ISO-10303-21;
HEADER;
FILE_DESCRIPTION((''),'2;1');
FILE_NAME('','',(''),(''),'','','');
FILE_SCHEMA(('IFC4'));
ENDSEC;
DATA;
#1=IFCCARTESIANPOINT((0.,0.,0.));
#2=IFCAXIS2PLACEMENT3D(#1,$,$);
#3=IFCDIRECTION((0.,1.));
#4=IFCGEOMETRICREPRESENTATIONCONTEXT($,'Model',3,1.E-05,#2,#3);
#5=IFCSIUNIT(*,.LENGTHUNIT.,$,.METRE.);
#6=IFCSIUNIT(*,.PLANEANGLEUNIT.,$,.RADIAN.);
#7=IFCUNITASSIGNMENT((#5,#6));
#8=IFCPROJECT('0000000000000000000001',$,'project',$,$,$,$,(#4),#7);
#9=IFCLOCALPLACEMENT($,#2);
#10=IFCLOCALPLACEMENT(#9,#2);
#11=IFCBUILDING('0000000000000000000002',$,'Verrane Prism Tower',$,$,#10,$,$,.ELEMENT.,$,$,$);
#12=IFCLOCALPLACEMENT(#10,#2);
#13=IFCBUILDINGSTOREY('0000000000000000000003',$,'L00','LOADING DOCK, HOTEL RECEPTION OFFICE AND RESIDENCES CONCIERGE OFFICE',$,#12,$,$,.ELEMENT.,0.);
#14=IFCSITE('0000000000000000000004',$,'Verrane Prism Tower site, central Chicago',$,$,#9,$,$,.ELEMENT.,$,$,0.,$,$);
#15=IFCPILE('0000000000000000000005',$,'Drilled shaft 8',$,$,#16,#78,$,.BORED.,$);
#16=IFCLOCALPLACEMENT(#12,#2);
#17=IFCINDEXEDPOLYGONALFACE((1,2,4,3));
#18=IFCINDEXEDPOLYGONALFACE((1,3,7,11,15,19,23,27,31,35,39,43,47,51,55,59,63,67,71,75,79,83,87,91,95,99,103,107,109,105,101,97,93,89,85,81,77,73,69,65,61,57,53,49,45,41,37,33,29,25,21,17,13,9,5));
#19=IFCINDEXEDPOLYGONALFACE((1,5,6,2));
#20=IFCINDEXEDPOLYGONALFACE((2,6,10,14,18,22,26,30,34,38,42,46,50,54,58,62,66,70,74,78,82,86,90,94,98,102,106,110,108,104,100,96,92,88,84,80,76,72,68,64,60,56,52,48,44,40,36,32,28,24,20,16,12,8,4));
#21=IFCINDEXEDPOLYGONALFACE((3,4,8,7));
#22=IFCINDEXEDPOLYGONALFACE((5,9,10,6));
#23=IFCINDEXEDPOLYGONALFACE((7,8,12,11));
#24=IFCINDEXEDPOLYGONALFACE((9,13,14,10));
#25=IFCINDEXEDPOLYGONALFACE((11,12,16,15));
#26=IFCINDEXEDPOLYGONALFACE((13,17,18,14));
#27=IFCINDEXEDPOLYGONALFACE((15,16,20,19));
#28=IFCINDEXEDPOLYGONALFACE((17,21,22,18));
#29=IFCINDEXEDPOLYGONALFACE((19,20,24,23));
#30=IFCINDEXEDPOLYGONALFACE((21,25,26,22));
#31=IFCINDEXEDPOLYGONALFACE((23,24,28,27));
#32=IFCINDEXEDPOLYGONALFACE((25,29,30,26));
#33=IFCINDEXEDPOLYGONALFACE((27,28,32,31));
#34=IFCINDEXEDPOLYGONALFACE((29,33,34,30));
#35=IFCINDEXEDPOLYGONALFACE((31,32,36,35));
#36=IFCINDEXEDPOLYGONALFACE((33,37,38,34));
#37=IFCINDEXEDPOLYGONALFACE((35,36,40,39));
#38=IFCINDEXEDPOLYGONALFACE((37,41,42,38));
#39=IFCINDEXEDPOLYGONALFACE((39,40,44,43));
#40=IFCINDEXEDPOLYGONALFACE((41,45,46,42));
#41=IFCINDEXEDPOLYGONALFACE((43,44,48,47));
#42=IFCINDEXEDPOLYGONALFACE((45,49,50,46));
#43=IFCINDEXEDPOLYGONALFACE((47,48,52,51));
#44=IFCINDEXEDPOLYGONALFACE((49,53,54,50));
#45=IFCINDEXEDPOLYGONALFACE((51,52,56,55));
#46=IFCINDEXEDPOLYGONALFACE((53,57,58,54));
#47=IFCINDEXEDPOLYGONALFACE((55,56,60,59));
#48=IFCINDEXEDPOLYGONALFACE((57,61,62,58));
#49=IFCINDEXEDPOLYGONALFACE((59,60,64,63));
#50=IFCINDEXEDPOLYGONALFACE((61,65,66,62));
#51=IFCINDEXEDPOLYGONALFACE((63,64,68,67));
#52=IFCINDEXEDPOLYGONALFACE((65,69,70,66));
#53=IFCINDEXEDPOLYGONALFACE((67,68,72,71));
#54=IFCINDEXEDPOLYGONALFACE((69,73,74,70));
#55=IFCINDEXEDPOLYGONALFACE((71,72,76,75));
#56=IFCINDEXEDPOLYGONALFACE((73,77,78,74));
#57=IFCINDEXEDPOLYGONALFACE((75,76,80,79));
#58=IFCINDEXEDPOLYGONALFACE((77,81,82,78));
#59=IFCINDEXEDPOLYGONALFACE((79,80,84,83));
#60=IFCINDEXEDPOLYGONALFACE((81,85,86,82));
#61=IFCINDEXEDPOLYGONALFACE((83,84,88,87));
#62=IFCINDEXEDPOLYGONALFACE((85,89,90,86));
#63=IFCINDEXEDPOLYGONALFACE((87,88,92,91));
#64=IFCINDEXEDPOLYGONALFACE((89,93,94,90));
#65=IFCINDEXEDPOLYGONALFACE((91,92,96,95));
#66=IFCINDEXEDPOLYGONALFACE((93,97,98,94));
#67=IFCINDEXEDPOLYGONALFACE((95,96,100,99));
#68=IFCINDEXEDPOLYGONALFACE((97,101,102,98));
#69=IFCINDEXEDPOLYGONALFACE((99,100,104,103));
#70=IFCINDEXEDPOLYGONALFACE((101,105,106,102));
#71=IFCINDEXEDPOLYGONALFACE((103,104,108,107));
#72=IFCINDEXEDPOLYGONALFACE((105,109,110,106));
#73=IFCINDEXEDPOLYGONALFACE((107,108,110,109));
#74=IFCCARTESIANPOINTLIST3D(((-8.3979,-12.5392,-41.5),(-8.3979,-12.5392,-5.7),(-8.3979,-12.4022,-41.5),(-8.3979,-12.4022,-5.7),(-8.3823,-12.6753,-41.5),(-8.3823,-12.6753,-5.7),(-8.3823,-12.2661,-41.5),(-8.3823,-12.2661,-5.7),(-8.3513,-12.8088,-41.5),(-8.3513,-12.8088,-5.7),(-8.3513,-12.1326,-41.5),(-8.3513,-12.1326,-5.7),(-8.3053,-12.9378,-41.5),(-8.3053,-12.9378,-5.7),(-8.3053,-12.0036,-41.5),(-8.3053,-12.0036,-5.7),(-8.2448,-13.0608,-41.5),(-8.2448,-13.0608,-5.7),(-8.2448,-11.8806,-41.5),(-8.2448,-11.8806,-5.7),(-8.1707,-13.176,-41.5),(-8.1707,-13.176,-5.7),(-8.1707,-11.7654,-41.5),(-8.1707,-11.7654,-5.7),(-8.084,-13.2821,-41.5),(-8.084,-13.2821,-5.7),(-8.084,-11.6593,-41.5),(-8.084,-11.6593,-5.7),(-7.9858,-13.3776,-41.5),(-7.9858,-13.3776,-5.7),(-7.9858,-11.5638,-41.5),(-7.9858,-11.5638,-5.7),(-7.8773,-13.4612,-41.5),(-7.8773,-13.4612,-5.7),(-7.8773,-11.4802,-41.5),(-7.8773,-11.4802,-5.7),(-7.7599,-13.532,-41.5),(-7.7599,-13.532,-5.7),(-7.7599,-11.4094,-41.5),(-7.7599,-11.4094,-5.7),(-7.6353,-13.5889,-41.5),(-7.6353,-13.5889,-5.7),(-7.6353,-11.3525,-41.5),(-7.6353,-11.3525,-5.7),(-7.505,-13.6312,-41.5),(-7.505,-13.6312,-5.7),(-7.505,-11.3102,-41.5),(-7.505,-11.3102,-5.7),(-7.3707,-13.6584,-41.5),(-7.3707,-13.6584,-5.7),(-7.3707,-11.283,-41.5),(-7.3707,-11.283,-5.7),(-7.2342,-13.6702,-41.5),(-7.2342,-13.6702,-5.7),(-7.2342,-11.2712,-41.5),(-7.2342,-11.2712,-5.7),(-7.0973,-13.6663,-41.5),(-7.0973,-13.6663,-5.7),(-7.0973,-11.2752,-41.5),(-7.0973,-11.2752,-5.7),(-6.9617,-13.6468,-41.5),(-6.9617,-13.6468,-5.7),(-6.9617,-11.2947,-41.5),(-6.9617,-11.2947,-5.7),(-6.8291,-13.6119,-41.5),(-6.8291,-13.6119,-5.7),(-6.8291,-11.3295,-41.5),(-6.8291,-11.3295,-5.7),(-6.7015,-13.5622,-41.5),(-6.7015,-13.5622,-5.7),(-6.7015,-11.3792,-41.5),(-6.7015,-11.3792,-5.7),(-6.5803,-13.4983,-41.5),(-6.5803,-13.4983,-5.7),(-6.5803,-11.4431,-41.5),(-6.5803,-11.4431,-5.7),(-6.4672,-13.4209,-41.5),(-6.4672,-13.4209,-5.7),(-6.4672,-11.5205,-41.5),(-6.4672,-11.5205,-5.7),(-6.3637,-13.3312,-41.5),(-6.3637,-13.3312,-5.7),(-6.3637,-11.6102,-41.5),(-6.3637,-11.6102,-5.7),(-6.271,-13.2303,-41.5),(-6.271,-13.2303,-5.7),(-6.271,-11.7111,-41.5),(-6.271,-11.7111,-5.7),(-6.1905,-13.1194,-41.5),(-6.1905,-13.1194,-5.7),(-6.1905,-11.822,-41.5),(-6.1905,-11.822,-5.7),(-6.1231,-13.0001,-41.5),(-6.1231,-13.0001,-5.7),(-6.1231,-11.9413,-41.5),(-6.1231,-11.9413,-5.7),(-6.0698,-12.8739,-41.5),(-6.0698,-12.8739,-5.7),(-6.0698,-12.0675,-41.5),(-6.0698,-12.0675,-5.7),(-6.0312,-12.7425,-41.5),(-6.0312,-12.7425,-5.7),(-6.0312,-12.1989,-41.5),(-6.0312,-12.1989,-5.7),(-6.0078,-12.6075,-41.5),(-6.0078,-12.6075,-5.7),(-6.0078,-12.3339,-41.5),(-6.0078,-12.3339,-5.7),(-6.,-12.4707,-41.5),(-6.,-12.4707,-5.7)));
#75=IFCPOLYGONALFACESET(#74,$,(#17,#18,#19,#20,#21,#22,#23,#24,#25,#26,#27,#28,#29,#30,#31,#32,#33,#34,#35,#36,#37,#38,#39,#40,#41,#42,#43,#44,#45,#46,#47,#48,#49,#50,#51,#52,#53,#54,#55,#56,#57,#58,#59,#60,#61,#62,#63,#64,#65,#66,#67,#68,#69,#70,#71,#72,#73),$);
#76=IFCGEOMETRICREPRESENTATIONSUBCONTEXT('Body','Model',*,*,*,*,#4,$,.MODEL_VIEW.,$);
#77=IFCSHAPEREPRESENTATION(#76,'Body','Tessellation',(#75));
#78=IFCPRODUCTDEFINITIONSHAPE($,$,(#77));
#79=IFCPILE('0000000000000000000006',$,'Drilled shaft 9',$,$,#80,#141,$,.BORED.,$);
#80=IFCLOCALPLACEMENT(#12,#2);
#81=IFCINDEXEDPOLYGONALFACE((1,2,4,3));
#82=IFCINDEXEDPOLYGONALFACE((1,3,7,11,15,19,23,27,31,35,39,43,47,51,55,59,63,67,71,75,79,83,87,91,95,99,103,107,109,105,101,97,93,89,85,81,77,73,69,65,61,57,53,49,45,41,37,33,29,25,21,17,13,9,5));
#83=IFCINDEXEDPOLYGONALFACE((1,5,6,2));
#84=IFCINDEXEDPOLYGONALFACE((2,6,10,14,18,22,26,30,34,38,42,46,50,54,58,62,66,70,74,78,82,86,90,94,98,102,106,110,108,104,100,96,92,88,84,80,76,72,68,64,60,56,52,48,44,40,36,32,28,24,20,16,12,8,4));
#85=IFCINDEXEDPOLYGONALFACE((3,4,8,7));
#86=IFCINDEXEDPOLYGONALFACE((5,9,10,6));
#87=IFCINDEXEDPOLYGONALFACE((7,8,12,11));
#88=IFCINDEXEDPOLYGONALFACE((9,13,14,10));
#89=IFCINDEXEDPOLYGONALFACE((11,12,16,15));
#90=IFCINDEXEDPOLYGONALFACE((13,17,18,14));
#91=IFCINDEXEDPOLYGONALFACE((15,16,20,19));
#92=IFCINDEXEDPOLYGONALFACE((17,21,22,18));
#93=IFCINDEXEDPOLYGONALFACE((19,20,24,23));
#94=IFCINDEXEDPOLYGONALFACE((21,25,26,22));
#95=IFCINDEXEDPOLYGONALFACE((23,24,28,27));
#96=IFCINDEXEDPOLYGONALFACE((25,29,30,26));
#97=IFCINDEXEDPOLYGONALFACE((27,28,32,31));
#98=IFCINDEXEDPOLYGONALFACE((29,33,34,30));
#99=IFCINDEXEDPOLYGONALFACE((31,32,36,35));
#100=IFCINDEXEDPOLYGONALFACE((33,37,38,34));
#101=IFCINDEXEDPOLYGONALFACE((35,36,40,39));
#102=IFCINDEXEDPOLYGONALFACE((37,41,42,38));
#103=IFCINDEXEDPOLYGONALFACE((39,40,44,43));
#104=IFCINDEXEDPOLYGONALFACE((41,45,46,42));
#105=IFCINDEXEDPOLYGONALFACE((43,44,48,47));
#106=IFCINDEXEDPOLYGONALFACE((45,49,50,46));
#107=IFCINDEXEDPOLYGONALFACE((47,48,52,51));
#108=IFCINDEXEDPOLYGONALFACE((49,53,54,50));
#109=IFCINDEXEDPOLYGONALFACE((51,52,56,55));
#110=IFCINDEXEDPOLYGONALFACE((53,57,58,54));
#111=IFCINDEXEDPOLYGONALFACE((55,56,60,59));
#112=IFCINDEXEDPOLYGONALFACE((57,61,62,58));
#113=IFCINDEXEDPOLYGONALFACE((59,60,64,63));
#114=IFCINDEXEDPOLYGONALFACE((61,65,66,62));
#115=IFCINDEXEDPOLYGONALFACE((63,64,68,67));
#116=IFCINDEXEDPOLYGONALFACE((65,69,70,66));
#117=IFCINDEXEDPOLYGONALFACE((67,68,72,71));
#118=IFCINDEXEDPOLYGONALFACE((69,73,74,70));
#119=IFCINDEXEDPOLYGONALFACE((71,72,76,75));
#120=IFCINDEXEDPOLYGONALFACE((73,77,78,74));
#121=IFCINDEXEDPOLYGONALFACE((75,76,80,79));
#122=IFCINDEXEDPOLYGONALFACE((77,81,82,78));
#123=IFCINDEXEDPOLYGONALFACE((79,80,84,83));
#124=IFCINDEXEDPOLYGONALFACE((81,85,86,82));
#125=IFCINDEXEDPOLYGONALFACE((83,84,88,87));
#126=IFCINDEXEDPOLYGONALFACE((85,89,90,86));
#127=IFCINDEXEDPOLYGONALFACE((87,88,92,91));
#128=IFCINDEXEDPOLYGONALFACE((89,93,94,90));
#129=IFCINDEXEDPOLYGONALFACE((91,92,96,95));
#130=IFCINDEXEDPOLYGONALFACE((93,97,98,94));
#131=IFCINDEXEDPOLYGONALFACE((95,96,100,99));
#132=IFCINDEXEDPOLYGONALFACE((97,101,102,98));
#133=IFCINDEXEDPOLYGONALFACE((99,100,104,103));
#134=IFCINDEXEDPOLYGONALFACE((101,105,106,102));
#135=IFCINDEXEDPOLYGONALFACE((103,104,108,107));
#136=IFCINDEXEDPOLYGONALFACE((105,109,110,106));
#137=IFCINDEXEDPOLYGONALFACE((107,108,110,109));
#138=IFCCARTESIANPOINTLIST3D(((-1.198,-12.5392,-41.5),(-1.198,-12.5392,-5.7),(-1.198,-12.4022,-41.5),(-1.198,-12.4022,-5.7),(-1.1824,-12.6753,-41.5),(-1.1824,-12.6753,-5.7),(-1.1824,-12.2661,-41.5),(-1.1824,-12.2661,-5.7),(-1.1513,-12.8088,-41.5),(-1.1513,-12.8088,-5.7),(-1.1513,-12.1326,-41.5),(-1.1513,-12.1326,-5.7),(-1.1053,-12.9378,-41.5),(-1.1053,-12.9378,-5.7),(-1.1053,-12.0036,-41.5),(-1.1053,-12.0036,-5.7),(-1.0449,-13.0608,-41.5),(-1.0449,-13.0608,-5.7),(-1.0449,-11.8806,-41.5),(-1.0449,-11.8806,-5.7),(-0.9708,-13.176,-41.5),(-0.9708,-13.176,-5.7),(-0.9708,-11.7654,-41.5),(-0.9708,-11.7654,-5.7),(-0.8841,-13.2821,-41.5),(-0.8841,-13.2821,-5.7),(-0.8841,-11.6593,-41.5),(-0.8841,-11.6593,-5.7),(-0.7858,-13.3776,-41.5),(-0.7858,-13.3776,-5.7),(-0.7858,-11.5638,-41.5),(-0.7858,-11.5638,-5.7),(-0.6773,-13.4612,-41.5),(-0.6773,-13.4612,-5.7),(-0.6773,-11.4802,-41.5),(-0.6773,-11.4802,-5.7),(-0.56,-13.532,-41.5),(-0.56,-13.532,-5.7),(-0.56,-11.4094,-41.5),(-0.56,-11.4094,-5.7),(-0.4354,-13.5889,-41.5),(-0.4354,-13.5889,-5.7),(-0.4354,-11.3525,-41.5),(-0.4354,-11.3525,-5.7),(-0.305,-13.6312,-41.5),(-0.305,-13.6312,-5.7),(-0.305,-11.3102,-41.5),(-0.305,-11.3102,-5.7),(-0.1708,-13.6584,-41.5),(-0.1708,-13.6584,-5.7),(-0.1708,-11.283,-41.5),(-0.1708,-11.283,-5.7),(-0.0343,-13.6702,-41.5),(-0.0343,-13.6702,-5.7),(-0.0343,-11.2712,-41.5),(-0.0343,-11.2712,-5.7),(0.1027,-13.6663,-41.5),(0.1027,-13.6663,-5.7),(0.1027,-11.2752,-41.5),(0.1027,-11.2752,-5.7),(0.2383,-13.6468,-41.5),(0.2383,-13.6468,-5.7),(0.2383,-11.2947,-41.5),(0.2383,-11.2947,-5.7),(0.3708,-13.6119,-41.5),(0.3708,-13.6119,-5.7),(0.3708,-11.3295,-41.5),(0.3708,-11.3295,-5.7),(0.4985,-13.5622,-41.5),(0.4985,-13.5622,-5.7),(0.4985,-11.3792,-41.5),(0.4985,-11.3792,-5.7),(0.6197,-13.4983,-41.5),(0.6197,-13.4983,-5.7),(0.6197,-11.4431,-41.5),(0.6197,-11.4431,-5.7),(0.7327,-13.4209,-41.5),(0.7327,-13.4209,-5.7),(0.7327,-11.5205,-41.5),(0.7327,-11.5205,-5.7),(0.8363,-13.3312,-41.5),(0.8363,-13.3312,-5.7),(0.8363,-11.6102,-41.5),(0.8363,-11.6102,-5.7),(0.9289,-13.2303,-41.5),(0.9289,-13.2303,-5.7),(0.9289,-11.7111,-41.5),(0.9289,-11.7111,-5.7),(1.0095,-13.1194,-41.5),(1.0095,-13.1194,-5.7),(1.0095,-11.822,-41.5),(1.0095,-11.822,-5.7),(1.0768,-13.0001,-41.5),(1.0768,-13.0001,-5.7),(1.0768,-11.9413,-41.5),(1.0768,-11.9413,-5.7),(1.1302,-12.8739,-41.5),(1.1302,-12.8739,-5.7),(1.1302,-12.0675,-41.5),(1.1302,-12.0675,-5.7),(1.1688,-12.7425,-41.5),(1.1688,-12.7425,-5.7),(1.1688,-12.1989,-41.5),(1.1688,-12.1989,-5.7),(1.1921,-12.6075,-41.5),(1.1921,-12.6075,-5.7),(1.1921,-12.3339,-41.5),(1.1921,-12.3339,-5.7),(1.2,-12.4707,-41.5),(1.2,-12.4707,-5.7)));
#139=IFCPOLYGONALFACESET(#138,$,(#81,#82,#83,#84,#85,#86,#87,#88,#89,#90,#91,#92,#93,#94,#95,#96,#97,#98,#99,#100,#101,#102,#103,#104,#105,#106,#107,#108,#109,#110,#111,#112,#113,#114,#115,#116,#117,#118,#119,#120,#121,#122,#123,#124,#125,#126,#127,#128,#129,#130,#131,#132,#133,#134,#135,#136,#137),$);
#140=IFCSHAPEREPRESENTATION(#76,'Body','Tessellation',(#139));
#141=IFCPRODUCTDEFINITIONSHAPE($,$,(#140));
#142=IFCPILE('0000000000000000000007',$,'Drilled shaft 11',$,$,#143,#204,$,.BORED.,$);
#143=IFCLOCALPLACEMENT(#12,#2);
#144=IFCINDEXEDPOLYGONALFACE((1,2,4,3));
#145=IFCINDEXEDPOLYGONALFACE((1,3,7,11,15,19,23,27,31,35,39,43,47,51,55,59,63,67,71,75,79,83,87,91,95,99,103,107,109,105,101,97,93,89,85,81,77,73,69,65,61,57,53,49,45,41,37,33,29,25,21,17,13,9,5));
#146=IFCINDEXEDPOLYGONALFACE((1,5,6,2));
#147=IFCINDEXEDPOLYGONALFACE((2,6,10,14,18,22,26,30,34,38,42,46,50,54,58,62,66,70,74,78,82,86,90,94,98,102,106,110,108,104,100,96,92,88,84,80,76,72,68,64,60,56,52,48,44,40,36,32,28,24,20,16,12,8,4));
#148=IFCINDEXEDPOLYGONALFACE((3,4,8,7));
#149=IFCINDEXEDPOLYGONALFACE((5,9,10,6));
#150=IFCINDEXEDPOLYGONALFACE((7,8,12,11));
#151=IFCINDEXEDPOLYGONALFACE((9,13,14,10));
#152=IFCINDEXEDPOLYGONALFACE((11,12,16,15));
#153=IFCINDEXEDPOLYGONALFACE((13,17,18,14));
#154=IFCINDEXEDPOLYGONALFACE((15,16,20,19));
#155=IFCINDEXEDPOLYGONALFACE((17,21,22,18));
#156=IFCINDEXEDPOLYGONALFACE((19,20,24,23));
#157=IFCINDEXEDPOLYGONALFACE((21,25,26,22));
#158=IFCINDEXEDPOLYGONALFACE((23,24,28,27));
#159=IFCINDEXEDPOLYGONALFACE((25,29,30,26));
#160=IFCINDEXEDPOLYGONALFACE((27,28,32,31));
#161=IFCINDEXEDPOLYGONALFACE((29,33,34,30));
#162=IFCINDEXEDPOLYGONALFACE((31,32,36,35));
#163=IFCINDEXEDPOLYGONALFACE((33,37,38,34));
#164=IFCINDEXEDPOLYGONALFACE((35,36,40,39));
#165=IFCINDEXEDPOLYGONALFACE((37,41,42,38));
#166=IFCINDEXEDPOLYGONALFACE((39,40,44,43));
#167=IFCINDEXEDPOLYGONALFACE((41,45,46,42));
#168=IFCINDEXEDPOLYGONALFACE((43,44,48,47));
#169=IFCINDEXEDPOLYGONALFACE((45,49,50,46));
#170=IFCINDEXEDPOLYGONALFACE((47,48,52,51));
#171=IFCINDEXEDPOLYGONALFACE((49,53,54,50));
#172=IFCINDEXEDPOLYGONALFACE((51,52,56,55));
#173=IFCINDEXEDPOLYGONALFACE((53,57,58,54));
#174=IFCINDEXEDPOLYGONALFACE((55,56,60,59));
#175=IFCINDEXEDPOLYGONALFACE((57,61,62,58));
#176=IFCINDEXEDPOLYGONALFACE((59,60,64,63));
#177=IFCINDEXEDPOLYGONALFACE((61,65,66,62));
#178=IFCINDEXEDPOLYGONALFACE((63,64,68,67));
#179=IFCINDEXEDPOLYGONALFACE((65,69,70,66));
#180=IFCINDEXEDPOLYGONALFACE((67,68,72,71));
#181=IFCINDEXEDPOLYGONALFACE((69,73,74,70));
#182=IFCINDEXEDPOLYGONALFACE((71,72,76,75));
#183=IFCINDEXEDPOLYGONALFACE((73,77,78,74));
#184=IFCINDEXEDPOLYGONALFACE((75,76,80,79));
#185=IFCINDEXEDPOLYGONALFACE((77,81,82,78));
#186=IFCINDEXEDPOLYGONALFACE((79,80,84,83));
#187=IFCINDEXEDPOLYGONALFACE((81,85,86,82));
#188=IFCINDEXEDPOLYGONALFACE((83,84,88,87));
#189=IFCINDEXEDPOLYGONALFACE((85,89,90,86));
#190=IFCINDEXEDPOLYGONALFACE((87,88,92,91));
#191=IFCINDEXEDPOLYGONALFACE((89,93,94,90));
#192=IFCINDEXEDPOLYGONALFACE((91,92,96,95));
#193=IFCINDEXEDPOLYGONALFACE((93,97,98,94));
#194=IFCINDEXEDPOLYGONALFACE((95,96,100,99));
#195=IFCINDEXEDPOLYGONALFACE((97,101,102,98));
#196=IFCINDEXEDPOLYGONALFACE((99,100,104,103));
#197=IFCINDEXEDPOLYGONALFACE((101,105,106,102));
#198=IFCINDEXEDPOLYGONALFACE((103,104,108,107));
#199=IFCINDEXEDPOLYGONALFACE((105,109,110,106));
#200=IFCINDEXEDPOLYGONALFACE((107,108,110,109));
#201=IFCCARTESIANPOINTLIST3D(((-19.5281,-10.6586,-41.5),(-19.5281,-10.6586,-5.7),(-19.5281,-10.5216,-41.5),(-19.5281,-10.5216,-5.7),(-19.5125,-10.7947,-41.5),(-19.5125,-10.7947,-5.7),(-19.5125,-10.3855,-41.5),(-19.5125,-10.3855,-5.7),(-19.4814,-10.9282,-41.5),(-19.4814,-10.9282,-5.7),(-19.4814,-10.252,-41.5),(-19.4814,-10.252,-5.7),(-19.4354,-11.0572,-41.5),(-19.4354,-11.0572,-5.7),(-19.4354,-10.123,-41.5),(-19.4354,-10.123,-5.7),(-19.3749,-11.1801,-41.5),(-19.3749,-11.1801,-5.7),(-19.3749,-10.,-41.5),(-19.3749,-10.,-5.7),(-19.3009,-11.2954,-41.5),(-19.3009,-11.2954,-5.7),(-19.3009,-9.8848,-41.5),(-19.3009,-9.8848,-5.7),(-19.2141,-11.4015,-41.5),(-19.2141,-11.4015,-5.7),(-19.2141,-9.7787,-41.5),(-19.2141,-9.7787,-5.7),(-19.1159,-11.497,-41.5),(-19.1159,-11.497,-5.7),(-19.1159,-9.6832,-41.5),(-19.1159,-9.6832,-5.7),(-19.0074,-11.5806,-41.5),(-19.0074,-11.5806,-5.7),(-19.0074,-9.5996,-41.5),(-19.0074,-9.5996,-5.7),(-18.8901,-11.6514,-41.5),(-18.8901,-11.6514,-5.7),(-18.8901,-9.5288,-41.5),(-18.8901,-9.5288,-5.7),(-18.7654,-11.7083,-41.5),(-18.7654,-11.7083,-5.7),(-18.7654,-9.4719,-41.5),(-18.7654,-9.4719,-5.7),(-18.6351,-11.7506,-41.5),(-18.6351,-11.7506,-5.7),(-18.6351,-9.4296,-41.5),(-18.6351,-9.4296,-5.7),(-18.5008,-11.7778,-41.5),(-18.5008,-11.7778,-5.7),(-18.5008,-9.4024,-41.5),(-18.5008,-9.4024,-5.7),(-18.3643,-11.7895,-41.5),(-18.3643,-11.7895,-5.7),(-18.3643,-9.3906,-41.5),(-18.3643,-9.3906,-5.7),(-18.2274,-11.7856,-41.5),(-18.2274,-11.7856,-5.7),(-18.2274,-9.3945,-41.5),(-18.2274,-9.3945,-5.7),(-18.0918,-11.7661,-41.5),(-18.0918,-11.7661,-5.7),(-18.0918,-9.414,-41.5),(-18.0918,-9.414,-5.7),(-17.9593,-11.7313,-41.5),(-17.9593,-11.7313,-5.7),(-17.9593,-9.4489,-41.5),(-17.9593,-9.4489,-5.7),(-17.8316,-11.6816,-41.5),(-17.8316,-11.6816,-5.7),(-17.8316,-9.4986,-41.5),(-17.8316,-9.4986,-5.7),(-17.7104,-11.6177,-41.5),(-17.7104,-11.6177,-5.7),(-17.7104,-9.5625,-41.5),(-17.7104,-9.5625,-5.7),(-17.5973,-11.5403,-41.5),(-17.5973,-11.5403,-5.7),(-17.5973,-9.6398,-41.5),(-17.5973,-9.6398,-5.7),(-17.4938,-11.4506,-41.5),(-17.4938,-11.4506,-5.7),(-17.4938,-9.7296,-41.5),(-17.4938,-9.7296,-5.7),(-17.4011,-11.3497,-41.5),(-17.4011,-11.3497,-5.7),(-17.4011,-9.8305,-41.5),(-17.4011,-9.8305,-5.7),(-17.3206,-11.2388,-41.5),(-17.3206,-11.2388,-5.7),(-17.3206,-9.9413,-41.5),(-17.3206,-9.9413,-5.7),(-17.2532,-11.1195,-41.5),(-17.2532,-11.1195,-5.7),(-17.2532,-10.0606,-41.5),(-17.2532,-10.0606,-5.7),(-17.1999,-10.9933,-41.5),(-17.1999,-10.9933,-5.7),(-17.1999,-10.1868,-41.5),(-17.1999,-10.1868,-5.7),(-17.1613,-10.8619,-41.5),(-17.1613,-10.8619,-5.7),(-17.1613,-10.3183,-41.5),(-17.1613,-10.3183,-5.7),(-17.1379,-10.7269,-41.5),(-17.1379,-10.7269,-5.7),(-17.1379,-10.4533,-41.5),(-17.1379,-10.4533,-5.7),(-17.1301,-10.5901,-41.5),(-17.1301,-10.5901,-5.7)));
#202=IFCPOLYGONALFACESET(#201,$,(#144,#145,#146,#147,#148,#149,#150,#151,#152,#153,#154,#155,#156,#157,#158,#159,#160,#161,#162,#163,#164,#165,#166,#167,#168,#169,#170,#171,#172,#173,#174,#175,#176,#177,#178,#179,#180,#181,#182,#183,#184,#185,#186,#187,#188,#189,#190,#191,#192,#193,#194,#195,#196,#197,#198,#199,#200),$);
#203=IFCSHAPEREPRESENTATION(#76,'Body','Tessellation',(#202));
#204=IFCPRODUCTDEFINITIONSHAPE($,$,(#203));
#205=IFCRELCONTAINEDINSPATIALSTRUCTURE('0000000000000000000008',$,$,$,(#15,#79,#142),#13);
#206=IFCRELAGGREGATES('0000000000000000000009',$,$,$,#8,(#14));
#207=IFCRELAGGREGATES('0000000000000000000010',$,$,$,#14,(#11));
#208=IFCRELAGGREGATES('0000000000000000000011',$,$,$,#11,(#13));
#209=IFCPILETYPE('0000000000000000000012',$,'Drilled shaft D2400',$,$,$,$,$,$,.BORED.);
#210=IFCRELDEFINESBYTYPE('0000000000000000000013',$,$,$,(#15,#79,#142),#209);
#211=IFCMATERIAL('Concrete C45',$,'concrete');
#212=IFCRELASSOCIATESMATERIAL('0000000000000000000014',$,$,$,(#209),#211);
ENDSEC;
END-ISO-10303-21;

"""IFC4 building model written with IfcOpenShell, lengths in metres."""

from ifc_helpers import new_model, si_unit, direction, frame, origin, origin_2d, place, context, subcontext, project, spatial, circle, extrude, material, type_object, element, save


model = new_model("IFC4")

# Units and contexts
model_context = context("Model", 3, precision=1e-05, world=origin(), true_north=direction((0.0, 1.0)))
body_context = subcontext(model_context, "Body", "Model", "MODEL_VIEW")
ifc_project = project(units=[si_unit("LENGTHUNIT", "METRE"), si_unit("PLANEANGLEUNIT", "RADIAN")], contexts=[model_context])

# Site, building, storey
site_placement = place(None, origin())
site = spatial("IfcSite", under=ifc_project, at=site_placement, Name="Verrane Prism Tower site, central Chicago", CompositionType="ELEMENT", RefElevation=0.0)
building_placement = place(site_placement, origin())
building = spatial("IfcBuilding", under=site, at=building_placement, Name="Verrane Prism Tower", CompositionType="ELEMENT")
storey_placement = place(building_placement, origin())
storey = spatial("IfcBuildingStorey", under=building, at=storey_placement, Name="L00", Description="LOADING DOCK, HOTEL RECEPTION OFFICE AND RESIDENCES CONCIERGE OFFICE", CompositionType="ELEMENT", Elevation=0.0)

# Piles
ifc_material_1 = material(Name="Concrete C45", Category="concrete")
pile_type = type_object("IfcPileType", Name="Drilled shaft D2400", PredefinedType="BORED", material=ifc_material_1)
for number, where, z_axis, x_axis, name in (
    (1, (-7.2, -12.4707, -5.7), (0.0, 0.0, -1.0), (1.0, 0.0, 0.0), "Drilled shaft 8"),
    (2, (0.0, -12.4707, -5.7), (0.0, 0.0, -1.0), (1.0, 0.0, 0.0), "Drilled shaft 9"),
    (3, (-18.3301, -10.5901, -5.7), (0.0, 0.0, -1.0), (1.0, 0.0, 0.0), "Drilled shaft 11"),
):
    element("IfcPile", number, at=place(storey_placement, frame(where, z_axis=z_axis, x_axis=x_axis)), inside=storey, type_object=pile_type, Name=name, PredefinedType="BORED", context=body_context, shape_type="SweptSolid", body=[
        extrude(circle(Radius=1.2, at=origin_2d()), origin(), (0.0, 0.0, 1.0), 35.8),
    ])

save(model, "model.ifc")
